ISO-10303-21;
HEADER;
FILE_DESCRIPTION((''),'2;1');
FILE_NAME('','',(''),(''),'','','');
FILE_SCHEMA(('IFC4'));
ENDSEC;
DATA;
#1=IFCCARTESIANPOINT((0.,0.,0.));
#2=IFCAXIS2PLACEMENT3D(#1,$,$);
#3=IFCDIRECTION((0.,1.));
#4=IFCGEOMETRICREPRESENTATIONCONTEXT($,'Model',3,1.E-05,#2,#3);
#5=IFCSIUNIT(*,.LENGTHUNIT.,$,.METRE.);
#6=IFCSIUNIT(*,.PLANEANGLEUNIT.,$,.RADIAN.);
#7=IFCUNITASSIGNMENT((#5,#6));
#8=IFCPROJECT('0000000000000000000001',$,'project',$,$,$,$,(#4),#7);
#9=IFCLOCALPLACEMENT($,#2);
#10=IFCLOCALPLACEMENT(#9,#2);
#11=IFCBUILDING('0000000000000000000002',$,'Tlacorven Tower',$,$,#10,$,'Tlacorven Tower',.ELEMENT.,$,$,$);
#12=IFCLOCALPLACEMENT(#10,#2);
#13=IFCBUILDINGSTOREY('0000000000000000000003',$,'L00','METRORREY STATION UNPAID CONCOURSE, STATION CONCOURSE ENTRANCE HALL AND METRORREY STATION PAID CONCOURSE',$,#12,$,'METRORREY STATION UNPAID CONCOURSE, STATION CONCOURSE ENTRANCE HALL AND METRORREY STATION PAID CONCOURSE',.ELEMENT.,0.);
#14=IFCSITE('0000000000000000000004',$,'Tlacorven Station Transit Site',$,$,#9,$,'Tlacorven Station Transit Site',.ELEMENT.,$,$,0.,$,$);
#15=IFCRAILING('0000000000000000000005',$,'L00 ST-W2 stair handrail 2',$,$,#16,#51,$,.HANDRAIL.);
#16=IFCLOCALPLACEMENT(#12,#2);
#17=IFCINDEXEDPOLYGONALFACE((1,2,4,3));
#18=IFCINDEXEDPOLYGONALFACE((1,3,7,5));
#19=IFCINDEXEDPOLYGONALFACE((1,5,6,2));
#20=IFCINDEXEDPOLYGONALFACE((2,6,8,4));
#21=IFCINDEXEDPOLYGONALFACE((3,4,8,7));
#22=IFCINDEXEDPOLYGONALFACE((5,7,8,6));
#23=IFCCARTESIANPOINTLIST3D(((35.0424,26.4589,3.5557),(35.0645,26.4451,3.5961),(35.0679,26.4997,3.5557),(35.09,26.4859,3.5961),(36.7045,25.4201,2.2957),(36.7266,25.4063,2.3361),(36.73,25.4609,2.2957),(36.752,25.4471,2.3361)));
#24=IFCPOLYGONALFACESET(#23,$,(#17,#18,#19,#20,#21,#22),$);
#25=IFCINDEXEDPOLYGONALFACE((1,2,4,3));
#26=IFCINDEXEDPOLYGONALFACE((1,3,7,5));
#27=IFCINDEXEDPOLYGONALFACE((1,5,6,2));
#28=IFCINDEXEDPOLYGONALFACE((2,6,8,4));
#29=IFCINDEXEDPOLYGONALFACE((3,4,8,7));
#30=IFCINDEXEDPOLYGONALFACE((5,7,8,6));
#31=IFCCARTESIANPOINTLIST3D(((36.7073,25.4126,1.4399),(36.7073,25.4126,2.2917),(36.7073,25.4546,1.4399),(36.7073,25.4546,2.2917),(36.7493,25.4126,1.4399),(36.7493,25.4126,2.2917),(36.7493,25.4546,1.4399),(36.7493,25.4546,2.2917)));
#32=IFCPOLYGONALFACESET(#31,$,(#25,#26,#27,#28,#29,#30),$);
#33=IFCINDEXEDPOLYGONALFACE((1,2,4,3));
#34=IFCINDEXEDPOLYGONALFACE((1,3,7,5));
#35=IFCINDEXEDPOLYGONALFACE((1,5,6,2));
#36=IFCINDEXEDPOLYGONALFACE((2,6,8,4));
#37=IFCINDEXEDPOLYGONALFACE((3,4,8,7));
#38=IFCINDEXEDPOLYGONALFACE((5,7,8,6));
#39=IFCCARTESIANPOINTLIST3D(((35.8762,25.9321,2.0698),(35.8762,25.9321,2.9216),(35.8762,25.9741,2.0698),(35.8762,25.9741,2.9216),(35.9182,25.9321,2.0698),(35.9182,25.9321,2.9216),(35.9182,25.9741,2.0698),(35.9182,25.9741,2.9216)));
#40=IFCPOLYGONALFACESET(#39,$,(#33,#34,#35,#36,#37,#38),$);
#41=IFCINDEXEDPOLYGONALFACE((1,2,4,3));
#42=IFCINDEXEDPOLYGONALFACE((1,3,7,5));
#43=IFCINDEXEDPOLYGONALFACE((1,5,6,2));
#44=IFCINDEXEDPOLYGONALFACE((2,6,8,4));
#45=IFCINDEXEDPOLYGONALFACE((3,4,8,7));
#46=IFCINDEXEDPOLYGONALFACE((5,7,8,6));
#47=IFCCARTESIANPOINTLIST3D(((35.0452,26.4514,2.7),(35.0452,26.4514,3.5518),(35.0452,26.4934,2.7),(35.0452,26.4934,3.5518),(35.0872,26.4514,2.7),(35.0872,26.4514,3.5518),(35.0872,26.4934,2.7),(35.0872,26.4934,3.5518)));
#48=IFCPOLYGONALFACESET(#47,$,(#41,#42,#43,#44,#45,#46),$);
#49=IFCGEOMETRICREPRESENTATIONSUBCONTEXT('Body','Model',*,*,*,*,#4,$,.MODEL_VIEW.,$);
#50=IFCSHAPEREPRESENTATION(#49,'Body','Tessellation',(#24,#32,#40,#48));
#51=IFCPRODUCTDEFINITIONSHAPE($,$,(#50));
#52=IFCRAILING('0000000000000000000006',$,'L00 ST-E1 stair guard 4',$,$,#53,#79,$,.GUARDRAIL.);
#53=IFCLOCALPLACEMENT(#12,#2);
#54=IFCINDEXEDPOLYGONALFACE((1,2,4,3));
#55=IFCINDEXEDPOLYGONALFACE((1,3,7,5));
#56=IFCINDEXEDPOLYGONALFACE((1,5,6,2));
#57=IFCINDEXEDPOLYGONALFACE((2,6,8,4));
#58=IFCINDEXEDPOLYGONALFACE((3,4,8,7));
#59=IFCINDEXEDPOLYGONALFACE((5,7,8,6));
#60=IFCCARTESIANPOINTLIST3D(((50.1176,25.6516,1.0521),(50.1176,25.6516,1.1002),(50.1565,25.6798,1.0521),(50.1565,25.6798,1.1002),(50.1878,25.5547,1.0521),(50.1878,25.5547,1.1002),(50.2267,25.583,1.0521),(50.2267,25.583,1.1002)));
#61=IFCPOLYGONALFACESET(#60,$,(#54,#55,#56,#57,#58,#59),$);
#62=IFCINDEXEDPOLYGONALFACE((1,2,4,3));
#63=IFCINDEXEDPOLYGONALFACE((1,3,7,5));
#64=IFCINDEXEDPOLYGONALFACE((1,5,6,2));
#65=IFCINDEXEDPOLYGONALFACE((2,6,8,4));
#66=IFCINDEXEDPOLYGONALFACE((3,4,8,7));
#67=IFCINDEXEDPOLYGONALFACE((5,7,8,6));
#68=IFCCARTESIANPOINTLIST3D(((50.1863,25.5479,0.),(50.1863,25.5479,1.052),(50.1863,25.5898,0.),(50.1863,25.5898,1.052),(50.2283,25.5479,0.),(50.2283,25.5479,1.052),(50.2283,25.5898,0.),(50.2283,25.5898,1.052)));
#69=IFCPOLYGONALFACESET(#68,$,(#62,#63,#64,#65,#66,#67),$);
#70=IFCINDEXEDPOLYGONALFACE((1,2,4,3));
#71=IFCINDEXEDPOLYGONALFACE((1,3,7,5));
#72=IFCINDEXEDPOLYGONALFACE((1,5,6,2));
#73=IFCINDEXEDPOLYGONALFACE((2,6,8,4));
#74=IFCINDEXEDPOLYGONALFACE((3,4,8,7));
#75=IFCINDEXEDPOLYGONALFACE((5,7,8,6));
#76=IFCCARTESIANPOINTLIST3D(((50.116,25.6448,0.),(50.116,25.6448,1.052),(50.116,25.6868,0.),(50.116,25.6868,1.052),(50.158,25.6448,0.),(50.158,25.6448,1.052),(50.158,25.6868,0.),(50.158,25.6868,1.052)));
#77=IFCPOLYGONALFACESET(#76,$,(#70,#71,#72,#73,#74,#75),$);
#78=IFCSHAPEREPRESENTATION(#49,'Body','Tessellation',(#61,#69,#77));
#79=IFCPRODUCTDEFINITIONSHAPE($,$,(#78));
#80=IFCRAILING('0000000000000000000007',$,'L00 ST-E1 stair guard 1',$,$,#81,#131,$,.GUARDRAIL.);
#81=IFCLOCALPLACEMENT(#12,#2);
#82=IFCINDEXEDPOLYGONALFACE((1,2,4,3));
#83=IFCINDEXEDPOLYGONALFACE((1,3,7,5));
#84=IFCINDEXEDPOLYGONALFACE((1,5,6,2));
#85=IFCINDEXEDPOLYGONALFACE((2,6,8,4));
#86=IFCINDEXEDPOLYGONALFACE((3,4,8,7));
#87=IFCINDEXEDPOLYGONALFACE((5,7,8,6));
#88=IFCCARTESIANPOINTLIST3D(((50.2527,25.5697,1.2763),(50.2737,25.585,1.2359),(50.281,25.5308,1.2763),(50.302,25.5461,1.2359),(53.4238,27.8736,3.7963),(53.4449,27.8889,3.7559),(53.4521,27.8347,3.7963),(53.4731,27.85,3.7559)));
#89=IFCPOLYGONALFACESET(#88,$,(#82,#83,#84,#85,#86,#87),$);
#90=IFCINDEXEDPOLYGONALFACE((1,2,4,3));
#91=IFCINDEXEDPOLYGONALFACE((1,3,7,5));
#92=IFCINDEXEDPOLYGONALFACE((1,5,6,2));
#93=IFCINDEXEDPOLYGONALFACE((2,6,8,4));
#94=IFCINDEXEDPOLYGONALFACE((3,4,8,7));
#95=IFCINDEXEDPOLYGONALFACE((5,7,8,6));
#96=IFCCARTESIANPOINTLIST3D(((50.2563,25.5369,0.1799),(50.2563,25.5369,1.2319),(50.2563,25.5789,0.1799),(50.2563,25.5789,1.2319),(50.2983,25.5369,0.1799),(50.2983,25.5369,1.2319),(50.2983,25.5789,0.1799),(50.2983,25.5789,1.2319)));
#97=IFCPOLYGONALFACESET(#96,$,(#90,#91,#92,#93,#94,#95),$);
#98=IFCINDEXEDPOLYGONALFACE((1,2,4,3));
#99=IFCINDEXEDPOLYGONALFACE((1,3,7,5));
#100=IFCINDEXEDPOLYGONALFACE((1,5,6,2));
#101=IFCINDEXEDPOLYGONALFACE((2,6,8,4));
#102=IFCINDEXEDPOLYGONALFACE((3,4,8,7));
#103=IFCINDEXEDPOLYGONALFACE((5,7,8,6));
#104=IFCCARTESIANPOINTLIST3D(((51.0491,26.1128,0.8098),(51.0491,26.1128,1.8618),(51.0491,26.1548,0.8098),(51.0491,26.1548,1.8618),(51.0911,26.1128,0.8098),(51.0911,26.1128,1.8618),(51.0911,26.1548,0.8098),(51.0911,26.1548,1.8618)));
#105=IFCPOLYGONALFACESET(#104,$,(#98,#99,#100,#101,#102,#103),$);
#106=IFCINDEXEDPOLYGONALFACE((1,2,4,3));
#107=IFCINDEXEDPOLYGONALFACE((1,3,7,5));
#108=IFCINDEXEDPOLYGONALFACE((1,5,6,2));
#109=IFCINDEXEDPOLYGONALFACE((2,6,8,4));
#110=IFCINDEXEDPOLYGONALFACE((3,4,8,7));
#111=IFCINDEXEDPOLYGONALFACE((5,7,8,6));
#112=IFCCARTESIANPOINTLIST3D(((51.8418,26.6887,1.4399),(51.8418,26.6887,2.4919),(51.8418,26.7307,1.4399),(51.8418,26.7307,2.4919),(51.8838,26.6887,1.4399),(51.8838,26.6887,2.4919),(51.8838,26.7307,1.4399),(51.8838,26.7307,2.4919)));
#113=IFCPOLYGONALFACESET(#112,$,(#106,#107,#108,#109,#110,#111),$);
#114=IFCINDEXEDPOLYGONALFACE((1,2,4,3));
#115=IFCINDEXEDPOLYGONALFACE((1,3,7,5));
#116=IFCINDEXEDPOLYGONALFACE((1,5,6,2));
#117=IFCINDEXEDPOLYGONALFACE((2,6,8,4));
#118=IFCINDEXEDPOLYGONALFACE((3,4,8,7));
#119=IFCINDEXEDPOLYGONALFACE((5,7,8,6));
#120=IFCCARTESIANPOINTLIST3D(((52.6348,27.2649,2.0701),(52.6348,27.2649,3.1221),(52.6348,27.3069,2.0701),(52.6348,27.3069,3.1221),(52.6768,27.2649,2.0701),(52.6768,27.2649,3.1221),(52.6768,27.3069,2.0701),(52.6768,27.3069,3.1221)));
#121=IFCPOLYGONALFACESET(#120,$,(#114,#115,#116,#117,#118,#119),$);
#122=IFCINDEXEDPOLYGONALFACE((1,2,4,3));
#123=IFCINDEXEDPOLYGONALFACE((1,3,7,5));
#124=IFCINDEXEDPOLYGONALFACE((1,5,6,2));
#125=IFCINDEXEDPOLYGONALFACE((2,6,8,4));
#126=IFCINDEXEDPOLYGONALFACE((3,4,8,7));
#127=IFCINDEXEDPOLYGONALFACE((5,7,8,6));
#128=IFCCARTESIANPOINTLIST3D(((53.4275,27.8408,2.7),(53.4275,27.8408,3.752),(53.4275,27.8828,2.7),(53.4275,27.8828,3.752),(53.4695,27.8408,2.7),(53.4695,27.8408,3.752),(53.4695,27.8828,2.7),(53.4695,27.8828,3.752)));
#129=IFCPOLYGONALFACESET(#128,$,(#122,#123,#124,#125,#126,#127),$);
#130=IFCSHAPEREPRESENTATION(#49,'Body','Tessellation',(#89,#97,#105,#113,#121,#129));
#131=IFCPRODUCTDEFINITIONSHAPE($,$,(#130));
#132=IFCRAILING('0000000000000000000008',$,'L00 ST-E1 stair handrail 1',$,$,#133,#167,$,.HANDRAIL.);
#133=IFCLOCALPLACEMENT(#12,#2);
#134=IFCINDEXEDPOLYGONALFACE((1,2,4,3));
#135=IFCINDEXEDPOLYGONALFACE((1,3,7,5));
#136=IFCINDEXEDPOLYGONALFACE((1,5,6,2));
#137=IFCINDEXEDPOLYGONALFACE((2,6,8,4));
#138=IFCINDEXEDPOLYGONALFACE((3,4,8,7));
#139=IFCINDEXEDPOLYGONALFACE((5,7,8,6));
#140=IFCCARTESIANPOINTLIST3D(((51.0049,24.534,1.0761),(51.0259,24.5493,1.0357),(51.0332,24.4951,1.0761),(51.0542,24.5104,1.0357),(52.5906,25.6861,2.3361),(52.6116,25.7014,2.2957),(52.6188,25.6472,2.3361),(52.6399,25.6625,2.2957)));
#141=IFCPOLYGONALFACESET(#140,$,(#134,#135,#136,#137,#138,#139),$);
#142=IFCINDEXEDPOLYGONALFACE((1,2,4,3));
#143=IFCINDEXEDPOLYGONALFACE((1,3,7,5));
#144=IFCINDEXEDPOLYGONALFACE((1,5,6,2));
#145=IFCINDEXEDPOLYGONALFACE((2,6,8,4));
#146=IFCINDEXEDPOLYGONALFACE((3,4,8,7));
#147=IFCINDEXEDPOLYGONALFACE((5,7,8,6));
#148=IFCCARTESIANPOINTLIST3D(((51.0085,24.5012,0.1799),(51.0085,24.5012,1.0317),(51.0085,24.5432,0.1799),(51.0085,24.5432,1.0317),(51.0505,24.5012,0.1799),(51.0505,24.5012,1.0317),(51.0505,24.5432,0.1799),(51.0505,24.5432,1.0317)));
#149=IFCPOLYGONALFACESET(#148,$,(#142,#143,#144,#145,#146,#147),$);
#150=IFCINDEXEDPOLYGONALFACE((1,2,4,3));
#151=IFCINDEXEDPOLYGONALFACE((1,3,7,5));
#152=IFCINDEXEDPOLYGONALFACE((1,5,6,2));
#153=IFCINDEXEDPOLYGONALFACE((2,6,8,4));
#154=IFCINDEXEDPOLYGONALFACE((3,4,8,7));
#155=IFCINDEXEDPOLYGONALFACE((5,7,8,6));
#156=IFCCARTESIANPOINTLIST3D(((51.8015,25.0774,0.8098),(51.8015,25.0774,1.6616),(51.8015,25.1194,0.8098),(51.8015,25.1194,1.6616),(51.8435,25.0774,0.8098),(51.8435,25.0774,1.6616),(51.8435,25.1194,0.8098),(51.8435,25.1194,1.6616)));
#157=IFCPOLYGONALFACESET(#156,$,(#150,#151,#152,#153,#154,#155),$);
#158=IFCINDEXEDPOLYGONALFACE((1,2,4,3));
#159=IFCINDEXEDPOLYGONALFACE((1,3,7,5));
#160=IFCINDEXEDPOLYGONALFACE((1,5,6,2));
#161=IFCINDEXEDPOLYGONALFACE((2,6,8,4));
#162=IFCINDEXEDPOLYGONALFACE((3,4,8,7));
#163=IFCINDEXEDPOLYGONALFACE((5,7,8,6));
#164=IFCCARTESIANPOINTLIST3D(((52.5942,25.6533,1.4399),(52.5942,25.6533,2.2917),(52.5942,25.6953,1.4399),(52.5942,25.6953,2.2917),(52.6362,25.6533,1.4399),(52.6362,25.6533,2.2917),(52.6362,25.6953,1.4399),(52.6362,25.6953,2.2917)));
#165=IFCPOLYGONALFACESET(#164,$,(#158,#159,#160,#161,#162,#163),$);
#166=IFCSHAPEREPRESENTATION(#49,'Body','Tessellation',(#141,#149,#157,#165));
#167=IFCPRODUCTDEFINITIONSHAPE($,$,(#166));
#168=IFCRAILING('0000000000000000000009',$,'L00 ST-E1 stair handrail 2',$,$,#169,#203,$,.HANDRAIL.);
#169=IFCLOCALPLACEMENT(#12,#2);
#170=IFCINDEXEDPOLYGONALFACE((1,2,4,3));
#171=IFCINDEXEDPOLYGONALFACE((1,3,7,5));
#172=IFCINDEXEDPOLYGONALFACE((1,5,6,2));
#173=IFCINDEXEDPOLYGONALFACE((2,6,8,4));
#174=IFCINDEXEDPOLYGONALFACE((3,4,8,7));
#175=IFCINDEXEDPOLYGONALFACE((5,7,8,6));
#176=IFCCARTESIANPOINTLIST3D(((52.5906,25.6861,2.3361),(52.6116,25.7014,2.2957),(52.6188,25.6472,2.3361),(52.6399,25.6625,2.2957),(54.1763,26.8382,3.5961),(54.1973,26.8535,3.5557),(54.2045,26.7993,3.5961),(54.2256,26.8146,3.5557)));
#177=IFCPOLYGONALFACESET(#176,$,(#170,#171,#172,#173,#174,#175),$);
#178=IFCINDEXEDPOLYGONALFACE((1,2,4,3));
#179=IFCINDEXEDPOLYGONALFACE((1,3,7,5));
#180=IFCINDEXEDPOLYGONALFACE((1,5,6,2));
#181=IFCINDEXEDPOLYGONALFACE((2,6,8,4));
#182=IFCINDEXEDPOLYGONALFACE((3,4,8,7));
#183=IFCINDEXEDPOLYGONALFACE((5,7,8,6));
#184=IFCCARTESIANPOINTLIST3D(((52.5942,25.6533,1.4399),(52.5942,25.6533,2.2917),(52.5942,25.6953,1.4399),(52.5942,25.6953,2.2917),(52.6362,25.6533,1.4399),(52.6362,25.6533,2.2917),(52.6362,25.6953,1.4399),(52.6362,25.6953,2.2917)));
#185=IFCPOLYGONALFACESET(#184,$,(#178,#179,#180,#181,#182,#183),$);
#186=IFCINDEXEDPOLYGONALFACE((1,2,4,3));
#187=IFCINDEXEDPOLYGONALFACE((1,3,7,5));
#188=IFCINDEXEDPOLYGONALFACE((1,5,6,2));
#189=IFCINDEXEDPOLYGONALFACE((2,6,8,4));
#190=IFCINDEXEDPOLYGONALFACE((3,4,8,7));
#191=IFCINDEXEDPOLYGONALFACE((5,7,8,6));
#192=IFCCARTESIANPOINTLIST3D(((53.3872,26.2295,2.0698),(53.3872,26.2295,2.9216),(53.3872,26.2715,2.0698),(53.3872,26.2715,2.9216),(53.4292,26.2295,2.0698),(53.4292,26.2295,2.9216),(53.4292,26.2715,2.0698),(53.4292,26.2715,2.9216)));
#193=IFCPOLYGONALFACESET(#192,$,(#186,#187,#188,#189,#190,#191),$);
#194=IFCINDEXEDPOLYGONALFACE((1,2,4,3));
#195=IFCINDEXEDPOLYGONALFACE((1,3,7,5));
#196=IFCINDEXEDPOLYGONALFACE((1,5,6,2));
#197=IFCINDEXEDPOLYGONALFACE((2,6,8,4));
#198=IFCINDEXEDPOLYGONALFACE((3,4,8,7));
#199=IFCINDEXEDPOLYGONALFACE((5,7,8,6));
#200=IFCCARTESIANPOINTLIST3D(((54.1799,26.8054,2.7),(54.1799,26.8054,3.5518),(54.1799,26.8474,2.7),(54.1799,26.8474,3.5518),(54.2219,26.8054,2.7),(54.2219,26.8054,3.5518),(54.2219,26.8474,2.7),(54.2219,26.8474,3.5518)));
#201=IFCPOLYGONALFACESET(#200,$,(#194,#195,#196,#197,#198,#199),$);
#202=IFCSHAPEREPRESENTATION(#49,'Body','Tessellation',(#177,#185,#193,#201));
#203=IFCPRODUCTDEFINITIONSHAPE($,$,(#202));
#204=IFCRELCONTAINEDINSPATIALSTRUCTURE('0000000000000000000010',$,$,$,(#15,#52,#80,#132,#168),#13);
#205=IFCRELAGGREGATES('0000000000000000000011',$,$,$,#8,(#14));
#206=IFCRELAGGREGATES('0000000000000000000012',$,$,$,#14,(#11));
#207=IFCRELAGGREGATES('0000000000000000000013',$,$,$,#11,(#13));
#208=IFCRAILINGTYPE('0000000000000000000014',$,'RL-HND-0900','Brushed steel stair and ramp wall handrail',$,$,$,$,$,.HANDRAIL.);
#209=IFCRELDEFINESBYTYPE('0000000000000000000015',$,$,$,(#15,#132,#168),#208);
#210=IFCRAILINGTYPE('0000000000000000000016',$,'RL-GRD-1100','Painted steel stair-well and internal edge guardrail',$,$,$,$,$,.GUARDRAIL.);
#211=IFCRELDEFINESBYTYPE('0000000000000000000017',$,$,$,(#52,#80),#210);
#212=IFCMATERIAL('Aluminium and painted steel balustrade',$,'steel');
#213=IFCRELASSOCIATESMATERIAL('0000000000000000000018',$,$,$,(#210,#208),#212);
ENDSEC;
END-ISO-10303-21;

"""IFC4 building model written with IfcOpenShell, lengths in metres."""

from ifc_helpers import new_model, si_unit, direction, frame, origin, origin_2d, place, context, subcontext, project, spatial, rectangle, extrude, source, transform, mapped, material, type_object, element, save


model = new_model("IFC4")

# Units and contexts
model_context = context("Model", 3, precision=1e-05, world=origin(), true_north=direction((0.0, 1.0)))
body_context = subcontext(model_context, "Body", "Model", "MODEL_VIEW")
ifc_project = project(units=[si_unit("LENGTHUNIT", "METRE"), si_unit("PLANEANGLEUNIT", "RADIAN")], contexts=[model_context])

# Site, building, storey
site_placement = place(None, origin())
site = spatial("IfcSite", under=ifc_project, at=site_placement, Name="Tlacorven Station Transit Site", LongName="Tlacorven Station Transit Site", CompositionType="ELEMENT", RefElevation=0.0)
building_placement = place(site_placement, origin())
building = spatial("IfcBuilding", under=site, at=building_placement, Name="Tlacorven Tower", LongName="Tlacorven Tower", CompositionType="ELEMENT")
storey_placement = place(building_placement, origin())
storey = spatial("IfcBuildingStorey", under=building, at=storey_placement, Name="L00", Description="METRORREY STATION UNPAID CONCOURSE, STATION CONCOURSE ENTRANCE HALL AND METRORREY STATION PAID CONCOURSE", LongName="METRORREY STATION UNPAID CONCOURSE, STATION CONCOURSE ENTRANCE HALL AND METRORREY STATION PAID CONCOURSE", CompositionType="ELEMENT", Elevation=0.0)

# Railings
ifc_material_1 = material(Name="Aluminium and painted steel balustrade", Category="steel")
railing_type_1 = type_object("IfcRailingType", Name="RL-GRD-1100", Description="Painted steel stair-well and internal edge guardrail", PredefinedType="GUARDRAIL", material=ifc_material_1)
railing_type_2 = type_object("IfcRailingType", Name="RL-HND-0900", Description="Brushed steel stair and ramp wall handrail", PredefinedType="HANDRAIL", material=ifc_material_1)
shared_shape_1 = source(origin(), body_context, "Body", "SweptSolid", [
    extrude(rectangle(XDim=0.0481, YDim=0.0481, at=origin_2d()), frame((0.0, 0.0, 0.876), z_axis=(-0.71332, 0.445825, 0.540753), x_axis=(-0.529999, -0.847998, 0.0)), (0.0, 0.0, 1.0), 2.3301),
    extrude(rectangle(XDim=0.042, YDim=0.042, at=origin_2d()), origin(), (0.0, 0.0, 1.0), 0.8518),
    extrude(rectangle(XDim=0.042, YDim=0.042, at=origin_2d()), frame((-0.8311, 0.5195, 0.6299)), (0.0, 0.0, 1.0), 0.8518),
    extrude(rectangle(XDim=0.042, YDim=0.042, at=origin_2d()), frame((-1.6621, 1.0388, 1.26)), (0.0, 0.0, 1.0), 0.8518),
])
railing_1_placement = place(storey_placement, frame((36.7283, 25.4336, 1.4399)))
element("IfcRailing", 1, at=railing_1_placement, inside=storey, type_object=railing_type_2, Name="L00 ST-W2 stair handrail 2", PredefinedType="HANDRAIL", context=body_context, shape_type="MappedRepresentation", body=[
    mapped(shared_shape_1, transform((0.0, 0.0, 0.0), scale=1.0)),
])
shared_shape_2 = source(origin(), body_context, "Body", "SweptSolid", [
    extrude(rectangle(XDim=0.0481, YDim=0.0481, at=origin_2d()), frame((0.0, 0.0, 1.0762), z_axis=(-0.587201, 0.809441, 0.0), x_axis=(-0.809441, -0.587201, 0.0)), (0.0, 0.0, 1.0), 0.1196),
    extrude(rectangle(XDim=0.042, YDim=0.042, at=origin_2d()), origin(), (0.0, 0.0, 1.0), 1.052),
    extrude(rectangle(XDim=0.042, YDim=0.042, at=origin_2d()), frame((-0.0703, 0.0969, 0.0)), (0.0, 0.0, 1.0), 1.052),
])
railing_2_placement = place(storey_placement, frame((50.2073, 25.5688, 0.0)))
element("IfcRailing", 2, at=railing_2_placement, inside=storey, type_object=railing_type_1, Name="L00 ST-E1 stair guard 4", PredefinedType="GUARDRAIL", context=body_context, shape_type="MappedRepresentation", body=[
    mapped(shared_shape_2, transform((0.0, 0.0, 0.0), scale=1.0)),
])
shared_shape_3 = source(origin(), body_context, "Body", "SweptSolid", [
    extrude(rectangle(XDim=0.0481, YDim=0.0481, at=origin_2d()), frame((0.0, 0.0, 1.0762), z_axis=(0.680514, 0.494419, 0.540786), x_axis=(-0.587783, 0.809019, 0.0)), (0.0, 0.0, 1.0), 4.6599),
    extrude(rectangle(XDim=0.042, YDim=0.042, at=origin_2d()), origin(), (0.0, 0.0, 1.0), 1.052),
    extrude(rectangle(XDim=0.042, YDim=0.042, at=origin_2d()), frame((0.7927, 0.5759, 0.6299)), (0.0, 0.0, 1.0), 1.052),
    extrude(rectangle(XDim=0.042, YDim=0.042, at=origin_2d()), frame((1.5854, 1.1519, 1.26)), (0.0, 0.0, 1.0), 1.052),
    extrude(rectangle(XDim=0.042, YDim=0.042, at=origin_2d()), frame((2.3784, 1.728, 1.8901)), (0.0, 0.0, 1.0), 1.052),
    extrude(rectangle(XDim=0.042, YDim=0.042, at=origin_2d()), frame((3.1711, 2.304, 2.52)), (0.0, 0.0, 1.0), 1.052),
])
railing_3_placement = place(storey_placement, frame((50.2773, 25.5579, 0.1799)))
element("IfcRailing", 3, at=railing_3_placement, inside=storey, type_object=railing_type_1, Name="L00 ST-E1 stair guard 1", PredefinedType="GUARDRAIL", context=body_context, shape_type="MappedRepresentation", body=[
    mapped(shared_shape_3, transform((0.0, 0.0, 0.0), scale=1.0)),
])
shared_shape_4 = source(origin(), body_context, "Body", "SweptSolid", [
    extrude(rectangle(XDim=0.0481, YDim=0.0481, at=origin_2d()), frame((0.0, 0.0, 0.876), z_axis=(0.680525, 0.494441, 0.540753), x_axis=(-0.587794, 0.809011, 0.0)), (0.0, 0.0, 1.0), 2.3301),
    extrude(rectangle(XDim=0.042, YDim=0.042, at=origin_2d()), origin(), (0.0, 0.0, 1.0), 0.8518),
    extrude(rectangle(XDim=0.042, YDim=0.042, at=origin_2d()), frame((0.793, 0.5762, 0.6299)), (0.0, 0.0, 1.0), 0.8518),
    extrude(rectangle(XDim=0.042, YDim=0.042, at=origin_2d()), frame((1.5857, 1.1521, 1.26)), (0.0, 0.0, 1.0), 0.8518),
])
for number, where, name in (
    (4, (51.0295, 24.5222, 0.1799), "L00 ST-E1 stair handrail 1"),
    (5, (52.6152, 25.6743, 1.4399), "L00 ST-E1 stair handrail 2"),
):
    element("IfcRailing", number, at=place(storey_placement, frame(where)), inside=storey, type_object=railing_type_2, Name=name, PredefinedType="HANDRAIL", context=body_context, shape_type="MappedRepresentation", body=[
        mapped(shared_shape_4, transform((0.0, 0.0, 0.0), scale=1.0)),
    ])

save(model, "model.ifc")
